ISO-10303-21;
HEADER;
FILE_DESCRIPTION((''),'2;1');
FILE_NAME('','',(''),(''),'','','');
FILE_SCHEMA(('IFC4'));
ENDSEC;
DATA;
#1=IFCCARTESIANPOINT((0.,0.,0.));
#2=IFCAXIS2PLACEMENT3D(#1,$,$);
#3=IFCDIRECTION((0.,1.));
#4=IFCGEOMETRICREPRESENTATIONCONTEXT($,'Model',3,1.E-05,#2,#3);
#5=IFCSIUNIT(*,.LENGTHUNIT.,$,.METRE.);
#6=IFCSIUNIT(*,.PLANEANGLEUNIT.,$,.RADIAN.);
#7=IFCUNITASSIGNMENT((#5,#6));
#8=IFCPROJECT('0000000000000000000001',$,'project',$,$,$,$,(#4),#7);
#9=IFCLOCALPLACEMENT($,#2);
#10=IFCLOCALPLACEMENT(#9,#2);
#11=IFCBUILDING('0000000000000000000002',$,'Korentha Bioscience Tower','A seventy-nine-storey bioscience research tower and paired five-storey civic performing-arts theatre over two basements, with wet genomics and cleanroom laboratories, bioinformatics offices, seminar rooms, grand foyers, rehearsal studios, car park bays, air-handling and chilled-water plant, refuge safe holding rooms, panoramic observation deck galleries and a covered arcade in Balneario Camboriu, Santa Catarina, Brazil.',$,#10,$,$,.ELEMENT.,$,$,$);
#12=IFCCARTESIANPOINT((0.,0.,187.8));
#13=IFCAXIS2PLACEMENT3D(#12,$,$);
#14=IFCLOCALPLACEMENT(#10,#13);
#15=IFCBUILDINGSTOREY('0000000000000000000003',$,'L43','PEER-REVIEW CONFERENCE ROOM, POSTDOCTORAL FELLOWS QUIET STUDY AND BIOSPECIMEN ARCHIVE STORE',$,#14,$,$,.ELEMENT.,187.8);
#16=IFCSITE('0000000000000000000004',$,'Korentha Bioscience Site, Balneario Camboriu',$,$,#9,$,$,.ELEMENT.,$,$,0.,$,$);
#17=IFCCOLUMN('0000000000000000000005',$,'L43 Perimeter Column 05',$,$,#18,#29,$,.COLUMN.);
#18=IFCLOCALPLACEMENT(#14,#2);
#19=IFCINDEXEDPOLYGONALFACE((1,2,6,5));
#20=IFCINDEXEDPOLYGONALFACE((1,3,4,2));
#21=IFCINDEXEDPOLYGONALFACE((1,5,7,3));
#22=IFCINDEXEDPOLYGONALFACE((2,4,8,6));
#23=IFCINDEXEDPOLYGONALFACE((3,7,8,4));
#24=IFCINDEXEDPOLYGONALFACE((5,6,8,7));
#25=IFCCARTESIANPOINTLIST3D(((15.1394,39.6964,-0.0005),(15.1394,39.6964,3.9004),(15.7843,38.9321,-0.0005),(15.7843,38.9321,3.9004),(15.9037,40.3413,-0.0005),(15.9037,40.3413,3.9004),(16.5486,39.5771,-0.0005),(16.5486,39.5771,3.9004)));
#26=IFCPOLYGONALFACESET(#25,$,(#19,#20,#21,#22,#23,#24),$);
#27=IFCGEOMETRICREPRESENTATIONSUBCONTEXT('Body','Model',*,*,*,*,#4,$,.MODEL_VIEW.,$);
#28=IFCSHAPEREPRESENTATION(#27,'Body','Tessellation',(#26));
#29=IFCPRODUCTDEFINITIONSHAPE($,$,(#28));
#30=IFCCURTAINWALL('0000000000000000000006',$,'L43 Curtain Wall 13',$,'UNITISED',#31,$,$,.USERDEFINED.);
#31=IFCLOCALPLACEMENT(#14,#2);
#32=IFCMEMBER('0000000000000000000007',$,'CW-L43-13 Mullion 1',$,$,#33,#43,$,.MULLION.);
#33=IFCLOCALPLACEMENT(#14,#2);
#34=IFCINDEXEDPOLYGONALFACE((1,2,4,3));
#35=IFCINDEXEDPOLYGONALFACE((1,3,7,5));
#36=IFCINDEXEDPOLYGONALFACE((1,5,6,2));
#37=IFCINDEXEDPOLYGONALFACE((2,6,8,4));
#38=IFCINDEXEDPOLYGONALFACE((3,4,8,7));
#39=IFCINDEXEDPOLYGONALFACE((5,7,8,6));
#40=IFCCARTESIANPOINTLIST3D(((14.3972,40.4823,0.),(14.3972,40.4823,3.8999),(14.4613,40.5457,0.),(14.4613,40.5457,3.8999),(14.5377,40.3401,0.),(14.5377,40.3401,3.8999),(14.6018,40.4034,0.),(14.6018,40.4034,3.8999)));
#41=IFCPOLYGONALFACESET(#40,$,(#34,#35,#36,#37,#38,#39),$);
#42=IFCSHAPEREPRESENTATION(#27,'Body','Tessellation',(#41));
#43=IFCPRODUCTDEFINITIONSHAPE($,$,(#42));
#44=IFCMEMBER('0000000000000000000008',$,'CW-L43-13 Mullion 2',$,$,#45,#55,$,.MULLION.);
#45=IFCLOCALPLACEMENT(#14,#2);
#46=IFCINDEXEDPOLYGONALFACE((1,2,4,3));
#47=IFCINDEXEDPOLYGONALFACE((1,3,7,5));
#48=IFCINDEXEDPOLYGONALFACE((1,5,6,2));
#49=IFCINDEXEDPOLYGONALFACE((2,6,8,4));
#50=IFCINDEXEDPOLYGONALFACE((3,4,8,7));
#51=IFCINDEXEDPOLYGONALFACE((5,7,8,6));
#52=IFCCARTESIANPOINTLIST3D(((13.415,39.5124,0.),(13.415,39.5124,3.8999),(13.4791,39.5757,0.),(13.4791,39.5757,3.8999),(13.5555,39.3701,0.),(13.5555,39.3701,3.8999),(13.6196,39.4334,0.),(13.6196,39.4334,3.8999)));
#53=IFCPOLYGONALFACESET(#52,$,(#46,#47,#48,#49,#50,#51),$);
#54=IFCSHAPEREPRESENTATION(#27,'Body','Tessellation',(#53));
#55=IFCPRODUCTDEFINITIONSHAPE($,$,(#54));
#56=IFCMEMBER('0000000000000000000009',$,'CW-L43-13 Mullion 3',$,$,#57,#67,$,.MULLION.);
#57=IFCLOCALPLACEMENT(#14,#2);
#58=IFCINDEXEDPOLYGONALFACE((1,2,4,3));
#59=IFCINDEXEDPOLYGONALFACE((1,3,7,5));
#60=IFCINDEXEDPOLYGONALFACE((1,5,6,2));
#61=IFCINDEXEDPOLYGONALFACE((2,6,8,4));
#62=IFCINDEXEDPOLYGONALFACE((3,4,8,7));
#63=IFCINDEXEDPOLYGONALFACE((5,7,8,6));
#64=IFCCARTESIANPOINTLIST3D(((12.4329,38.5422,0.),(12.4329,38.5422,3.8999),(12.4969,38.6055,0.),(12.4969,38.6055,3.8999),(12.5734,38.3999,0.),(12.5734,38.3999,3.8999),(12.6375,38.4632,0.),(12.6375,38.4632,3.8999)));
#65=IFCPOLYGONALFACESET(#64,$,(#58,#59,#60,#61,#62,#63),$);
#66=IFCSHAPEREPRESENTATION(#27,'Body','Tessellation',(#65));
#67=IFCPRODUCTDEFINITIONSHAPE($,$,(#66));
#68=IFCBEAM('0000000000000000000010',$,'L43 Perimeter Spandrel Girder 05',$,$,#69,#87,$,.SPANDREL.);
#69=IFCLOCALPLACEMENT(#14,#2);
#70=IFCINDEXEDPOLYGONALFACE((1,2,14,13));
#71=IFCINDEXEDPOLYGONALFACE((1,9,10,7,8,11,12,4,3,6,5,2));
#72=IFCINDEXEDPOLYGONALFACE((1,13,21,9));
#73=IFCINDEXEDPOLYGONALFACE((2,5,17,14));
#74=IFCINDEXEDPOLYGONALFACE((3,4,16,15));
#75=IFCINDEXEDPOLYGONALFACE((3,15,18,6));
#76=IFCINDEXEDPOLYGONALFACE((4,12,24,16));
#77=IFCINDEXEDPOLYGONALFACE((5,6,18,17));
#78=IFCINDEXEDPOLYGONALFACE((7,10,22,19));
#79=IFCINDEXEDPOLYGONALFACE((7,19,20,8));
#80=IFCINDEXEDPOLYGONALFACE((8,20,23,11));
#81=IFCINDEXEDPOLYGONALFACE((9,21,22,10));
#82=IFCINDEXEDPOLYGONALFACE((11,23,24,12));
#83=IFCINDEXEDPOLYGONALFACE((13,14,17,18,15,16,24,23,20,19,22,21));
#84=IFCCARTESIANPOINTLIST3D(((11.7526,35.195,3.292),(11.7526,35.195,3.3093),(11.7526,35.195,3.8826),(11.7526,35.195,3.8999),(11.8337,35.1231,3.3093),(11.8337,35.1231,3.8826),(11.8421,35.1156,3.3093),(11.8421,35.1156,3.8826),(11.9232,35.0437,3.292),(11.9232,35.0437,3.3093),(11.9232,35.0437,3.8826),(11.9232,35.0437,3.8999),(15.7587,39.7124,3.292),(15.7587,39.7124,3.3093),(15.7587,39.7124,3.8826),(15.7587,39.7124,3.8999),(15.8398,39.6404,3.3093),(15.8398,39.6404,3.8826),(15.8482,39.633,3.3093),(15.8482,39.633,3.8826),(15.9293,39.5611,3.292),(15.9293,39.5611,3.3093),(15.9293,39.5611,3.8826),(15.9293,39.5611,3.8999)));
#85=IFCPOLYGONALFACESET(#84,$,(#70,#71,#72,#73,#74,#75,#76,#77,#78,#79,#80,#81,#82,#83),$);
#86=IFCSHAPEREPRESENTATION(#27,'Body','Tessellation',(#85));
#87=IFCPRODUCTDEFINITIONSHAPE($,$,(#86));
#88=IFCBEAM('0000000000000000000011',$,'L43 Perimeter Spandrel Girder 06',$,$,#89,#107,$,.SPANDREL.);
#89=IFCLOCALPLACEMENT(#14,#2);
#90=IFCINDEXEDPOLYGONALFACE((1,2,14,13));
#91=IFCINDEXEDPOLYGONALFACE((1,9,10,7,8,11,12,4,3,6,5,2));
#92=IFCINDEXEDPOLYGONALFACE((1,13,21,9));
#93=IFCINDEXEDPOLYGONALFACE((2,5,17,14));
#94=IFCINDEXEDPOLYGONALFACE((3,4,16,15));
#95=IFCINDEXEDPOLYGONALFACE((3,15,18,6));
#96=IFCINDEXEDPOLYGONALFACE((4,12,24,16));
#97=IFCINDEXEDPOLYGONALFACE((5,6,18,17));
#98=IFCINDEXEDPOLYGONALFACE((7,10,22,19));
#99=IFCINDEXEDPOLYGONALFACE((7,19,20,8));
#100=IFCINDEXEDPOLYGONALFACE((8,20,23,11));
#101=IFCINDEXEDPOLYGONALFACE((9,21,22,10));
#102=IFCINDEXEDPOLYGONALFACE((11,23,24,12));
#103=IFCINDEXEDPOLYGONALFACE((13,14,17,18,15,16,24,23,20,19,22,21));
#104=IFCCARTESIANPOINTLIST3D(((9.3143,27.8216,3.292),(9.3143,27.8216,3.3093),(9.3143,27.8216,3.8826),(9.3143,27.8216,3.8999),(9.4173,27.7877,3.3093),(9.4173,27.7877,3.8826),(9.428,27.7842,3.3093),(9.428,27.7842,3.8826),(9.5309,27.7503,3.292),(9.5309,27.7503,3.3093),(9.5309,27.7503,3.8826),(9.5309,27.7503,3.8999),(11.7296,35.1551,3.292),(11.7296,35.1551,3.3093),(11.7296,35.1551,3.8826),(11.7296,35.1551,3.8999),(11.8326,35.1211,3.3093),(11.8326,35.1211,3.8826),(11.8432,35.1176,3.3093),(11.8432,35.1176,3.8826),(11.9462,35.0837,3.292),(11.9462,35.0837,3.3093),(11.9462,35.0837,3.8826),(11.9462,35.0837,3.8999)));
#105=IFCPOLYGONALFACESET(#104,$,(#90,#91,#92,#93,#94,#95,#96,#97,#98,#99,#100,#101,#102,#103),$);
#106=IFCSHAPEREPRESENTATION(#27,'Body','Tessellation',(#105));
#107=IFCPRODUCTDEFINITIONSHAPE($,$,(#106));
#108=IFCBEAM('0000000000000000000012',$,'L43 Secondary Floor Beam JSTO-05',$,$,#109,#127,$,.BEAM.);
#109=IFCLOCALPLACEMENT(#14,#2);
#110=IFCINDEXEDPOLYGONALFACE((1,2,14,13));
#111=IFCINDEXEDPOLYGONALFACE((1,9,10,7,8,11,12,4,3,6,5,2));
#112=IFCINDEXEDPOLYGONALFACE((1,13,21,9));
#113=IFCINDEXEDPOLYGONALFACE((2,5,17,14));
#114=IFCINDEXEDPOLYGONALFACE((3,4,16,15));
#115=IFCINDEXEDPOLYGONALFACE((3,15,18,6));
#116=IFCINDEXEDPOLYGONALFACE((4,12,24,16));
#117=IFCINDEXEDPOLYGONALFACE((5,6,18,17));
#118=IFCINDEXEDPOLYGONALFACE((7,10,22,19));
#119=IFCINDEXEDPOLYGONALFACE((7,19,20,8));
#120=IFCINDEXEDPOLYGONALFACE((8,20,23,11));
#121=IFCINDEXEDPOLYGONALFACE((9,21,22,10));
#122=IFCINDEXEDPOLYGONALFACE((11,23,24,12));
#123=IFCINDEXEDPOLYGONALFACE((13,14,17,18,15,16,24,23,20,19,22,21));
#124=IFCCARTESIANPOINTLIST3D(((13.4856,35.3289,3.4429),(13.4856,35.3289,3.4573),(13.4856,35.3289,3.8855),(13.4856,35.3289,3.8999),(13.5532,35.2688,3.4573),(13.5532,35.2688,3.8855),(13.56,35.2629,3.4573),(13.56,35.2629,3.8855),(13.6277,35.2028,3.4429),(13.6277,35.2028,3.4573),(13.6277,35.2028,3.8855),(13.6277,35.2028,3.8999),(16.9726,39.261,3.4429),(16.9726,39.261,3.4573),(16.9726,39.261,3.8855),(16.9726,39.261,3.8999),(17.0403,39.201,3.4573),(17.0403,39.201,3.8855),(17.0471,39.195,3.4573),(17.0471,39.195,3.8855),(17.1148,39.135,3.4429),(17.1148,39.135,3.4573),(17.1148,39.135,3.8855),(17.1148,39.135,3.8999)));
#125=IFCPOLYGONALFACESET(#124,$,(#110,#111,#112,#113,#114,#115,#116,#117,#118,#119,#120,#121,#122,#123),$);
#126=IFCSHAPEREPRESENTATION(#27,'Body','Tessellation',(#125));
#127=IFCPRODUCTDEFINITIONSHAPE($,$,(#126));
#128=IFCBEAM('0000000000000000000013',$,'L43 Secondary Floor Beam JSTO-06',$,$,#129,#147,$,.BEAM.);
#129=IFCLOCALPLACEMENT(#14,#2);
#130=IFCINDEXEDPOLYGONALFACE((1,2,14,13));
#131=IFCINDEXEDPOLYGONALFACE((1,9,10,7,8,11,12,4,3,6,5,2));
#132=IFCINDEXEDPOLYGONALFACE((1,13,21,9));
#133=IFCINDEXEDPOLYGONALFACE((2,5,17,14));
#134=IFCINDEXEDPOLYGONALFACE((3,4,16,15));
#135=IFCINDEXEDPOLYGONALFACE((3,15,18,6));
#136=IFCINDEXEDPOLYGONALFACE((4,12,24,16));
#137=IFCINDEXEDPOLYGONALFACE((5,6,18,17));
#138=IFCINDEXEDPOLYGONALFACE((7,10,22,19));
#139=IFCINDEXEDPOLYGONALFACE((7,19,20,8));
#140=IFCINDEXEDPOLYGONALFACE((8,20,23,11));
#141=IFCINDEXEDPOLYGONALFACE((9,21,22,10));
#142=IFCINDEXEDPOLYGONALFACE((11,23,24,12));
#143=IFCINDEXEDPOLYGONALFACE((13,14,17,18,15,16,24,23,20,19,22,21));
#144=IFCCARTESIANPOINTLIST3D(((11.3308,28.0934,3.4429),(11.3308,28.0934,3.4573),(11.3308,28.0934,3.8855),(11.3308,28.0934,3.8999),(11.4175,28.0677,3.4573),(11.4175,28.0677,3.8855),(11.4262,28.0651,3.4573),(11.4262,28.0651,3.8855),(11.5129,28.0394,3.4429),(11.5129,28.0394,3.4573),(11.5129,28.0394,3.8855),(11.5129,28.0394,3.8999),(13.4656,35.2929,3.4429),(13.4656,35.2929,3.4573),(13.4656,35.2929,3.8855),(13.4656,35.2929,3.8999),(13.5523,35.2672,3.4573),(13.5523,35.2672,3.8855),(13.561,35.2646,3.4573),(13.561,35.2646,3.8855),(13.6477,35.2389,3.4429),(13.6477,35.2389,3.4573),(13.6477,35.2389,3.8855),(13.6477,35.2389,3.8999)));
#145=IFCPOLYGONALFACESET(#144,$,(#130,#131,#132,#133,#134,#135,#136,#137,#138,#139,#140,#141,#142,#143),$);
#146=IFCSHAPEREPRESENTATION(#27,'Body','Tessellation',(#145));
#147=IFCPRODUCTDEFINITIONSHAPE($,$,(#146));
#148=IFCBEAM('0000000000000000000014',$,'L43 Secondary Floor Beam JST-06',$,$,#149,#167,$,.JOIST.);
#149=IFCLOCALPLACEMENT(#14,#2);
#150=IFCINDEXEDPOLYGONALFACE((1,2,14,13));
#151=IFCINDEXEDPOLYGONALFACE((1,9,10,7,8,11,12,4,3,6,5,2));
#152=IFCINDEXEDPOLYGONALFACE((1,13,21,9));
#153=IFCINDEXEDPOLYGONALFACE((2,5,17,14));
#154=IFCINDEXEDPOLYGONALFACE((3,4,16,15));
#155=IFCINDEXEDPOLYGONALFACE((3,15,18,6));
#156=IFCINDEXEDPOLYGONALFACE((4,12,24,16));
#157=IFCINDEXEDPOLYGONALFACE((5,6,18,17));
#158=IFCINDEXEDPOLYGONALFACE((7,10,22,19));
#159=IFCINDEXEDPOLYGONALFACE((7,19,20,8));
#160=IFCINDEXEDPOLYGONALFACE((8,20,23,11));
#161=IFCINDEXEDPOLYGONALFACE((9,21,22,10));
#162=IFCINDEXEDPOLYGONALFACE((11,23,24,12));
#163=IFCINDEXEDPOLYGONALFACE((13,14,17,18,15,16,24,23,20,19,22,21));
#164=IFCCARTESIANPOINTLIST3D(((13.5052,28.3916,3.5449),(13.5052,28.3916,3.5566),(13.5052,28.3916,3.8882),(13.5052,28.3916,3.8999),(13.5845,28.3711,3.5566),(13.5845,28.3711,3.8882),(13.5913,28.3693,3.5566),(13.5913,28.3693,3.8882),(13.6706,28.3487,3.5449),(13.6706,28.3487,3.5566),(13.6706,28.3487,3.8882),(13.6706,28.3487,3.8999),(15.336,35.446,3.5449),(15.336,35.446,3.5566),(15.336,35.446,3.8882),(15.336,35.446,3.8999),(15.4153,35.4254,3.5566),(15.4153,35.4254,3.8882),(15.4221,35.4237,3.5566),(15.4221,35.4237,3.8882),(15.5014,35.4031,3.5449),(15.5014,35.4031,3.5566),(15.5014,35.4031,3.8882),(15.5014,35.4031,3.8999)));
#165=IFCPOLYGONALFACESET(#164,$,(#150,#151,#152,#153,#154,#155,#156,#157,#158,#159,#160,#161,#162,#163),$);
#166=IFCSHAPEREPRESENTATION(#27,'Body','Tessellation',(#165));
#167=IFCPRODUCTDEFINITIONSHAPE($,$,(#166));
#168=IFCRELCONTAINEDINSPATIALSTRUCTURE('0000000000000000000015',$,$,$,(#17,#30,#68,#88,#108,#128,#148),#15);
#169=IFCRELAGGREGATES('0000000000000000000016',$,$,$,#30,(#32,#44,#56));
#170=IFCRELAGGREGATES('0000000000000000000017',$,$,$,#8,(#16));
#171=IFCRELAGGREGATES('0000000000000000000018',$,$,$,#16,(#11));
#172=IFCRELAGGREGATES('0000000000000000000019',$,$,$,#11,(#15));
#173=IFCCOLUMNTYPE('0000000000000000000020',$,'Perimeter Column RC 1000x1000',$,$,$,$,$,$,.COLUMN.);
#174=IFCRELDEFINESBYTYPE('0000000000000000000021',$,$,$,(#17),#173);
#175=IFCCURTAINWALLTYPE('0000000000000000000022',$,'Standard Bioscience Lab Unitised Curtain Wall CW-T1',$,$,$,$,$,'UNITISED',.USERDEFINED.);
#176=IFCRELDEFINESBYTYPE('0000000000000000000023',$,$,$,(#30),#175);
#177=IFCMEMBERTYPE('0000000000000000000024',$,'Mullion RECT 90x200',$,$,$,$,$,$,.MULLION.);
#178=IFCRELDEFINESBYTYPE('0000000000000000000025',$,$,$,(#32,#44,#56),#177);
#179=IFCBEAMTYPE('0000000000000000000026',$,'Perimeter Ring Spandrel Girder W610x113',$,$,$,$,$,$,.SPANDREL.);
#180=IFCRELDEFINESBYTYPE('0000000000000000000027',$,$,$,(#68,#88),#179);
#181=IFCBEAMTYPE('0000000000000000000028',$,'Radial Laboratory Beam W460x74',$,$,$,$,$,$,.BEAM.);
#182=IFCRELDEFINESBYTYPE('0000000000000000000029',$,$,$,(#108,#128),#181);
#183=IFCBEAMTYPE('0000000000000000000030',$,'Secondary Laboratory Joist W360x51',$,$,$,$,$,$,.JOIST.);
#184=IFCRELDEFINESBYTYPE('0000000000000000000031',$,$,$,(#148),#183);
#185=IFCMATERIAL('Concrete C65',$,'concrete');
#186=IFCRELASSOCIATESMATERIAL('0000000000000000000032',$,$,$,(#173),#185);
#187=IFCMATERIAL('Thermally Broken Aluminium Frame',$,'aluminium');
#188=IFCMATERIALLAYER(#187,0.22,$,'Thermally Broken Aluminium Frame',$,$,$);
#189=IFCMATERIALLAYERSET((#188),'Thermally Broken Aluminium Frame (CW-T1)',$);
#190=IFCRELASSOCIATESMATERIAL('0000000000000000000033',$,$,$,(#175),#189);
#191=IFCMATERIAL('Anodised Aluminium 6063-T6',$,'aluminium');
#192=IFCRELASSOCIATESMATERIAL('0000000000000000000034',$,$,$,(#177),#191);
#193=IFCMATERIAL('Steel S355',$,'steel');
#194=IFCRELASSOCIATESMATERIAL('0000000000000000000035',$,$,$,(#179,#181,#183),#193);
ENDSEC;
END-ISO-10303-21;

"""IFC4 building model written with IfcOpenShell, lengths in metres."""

from ifc_helpers import new_model, si_unit, direction, frame, origin, origin_2d, place, context, subcontext, project, spatial, rectangle, i_section, extrude, material, layer, layer_set, material_profile, profile_set, type_object, element, aggregate, save


model = new_model("IFC4")

# Units and contexts
model_context = context("Model", 3, precision=1e-05, world=origin(), true_north=direction((0.0, 1.0)))
body_context = subcontext(model_context, "Body", "Model", "MODEL_VIEW")
ifc_project = project(units=[si_unit("LENGTHUNIT", "METRE"), si_unit("PLANEANGLEUNIT", "RADIAN")], contexts=[model_context])

# Site, building, storey
site_placement = place(None, origin())
site = spatial("IfcSite", under=ifc_project, at=site_placement, Name="Korentha Bioscience Site, Balneario Camboriu", CompositionType="ELEMENT", RefElevation=0.0)
building_placement = place(site_placement, origin())
building = spatial("IfcBuilding", under=site, at=building_placement, Name="Korentha Bioscience Tower", Description="A seventy-nine-storey bioscience research tower and paired five-storey civic performing-arts theatre over two basements, with wet genomics and cleanroom laboratories, bioinformatics offices, seminar rooms, grand foyers, rehearsal studios, car park bays, air-handling and chilled-water plant, refuge safe holding rooms, panoramic observation deck galleries and a covered arcade in Balneario Camboriu, Santa Catarina, Brazil.", CompositionType="ELEMENT")
storey_placement = place(building_placement, frame((0.0, 0.0, 187.8)))
storey = spatial("IfcBuildingStorey", under=building, at=storey_placement, Name="L43", Description="PEER-REVIEW CONFERENCE ROOM, POSTDOCTORAL FELLOWS QUIET STUDY AND BIOSPECIMEN ARCHIVE STORE", CompositionType="ELEMENT", Elevation=187.8)

# Column
ifc_material_1 = material(Name="Concrete C65", Category="concrete")
ifc_material_profile_1 = material_profile(ifc_material_1, rectangle(XDim=1.0, YDim=1.0, at=origin_2d()), Name="Concrete C65")
ifc_profile_set_1 = profile_set([ifc_material_profile_1], Name="Concrete C65 (COL-P10)")
column_type = type_object("IfcColumnType", Name="Perimeter Column RC 1000x1000", PredefinedType="COLUMN", material=ifc_profile_set_1)
column_placement = place(storey_placement, frame((15.844, 39.6367, -0.0005), z_axis=(0.0, 0.0, 1.0), x_axis=(0.764246, 0.644924, 0.0)))
element("IfcColumn", 1, at=column_placement, inside=storey, type_object=column_type, Name="L43 Perimeter Column 05", PredefinedType="COLUMN", context=body_context, shape_type="SweptSolid", body=[
    extrude(rectangle(XDim=1.0, YDim=1.0, at=origin_2d()), origin(), (0.0, 0.0, 1.0), 3.9009),
])

# Curtain wall, members
ifc_material_2 = material(Name="Thermally Broken Aluminium Frame", Category="aluminium")
ifc_layer_1 = layer(ifc_material_2, 0.22, Name="Thermally Broken Aluminium Frame")
ifc_layer_set_1 = layer_set([ifc_layer_1], Name="Thermally Broken Aluminium Frame (CW-T1)")
curtain_wall_type = type_object("IfcCurtainWallType", Name="Standard Bioscience Lab Unitised Curtain Wall CW-T1", ElementType="UNITISED", PredefinedType="USERDEFINED", material=ifc_layer_set_1)
curtain_wall_placement = place(storey_placement, origin())
curtain_wall = element("IfcCurtainWall", 2, at=curtain_wall_placement, inside=storey, type_object=curtain_wall_type, Name="L43 Curtain Wall 13", ObjectType="UNITISED", PredefinedType="USERDEFINED")
ifc_material_3 = material(Name="Anodised Aluminium 6063-T6", Category="aluminium")
ifc_material_profile_2 = material_profile(ifc_material_3, rectangle(XDim=0.0901, YDim=0.2, at=origin_2d()), Name="Anodised Aluminium 6063-T6")
ifc_profile_set_2 = profile_set([ifc_material_profile_2], Name="Anodised Aluminium 6063-T6 (CW-MUL)")
member_type_1 = type_object("IfcMemberType", Name="Mullion RECT 90x200", PredefinedType="MULLION", material=ifc_profile_set_2)
member_1_placement = place(storey_placement, frame((14.4995, 40.4429, 0.0), z_axis=(0.0, 0.0, 1.0), x_axis=(-0.711461, -0.702726, 0.0)))
member_1 = element("IfcMember", 3, at=member_1_placement, type_object=member_type_1, Name="CW-L43-13 Mullion 1", PredefinedType="MULLION", context=body_context, shape_type="SweptSolid", body=[
    extrude(rectangle(XDim=0.0901, YDim=0.2, at=origin_2d()), origin(), (0.0, 0.0, 1.0), 3.8999),
])
member_2_placement = place(storey_placement, frame((13.5173, 39.4729, 0.0), z_axis=(0.0, 0.0, 1.0), x_axis=(-0.711461, -0.702726, 0.0)))
member_2 = element("IfcMember", 4, at=member_2_placement, type_object=member_type_1, Name="CW-L43-13 Mullion 2", PredefinedType="MULLION", context=body_context, shape_type="SweptSolid", body=[
    extrude(rectangle(XDim=0.0901, YDim=0.2, at=origin_2d()), origin(), (0.0, 0.0, 1.0), 3.8999),
])
member_3_placement = place(storey_placement, frame((12.5352, 38.5027, 0.0), z_axis=(0.0, 0.0, 1.0), x_axis=(-0.711461, -0.702726, 0.0)))
member_3 = element("IfcMember", 5, at=member_3_placement, type_object=member_type_1, Name="CW-L43-13 Mullion 3", PredefinedType="MULLION", context=body_context, shape_type="SweptSolid", body=[
    extrude(rectangle(XDim=0.0901, YDim=0.2, at=origin_2d()), origin(), (0.0, 0.0, 1.0), 3.8999),
])

# Beams
ifc_material_4 = material(Name="Steel S355", Category="steel")
ifc_material_profile_3 = material_profile(ifc_material_4, i_section(OverallWidth=0.228, OverallDepth=0.6079, WebThickness=0.0112, FlangeThickness=0.0173, at=origin_2d()), Name="Steel S355")
ifc_profile_set_3 = profile_set([ifc_material_profile_3], Name="Steel S355 (SB-610)")
beam_type_1 = type_object("IfcBeamType", Name="Perimeter Ring Spandrel Girder W610x113", PredefinedType="SPANDREL", material=ifc_profile_set_3)
beam_1_placement = place(storey_placement, frame((15.844, 39.6367, 3.5959), z_axis=(-0.663503, -0.748174, 0.0), x_axis=(0.748174, -0.663503, 0.0)))
element("IfcBeam", 6, at=beam_1_placement, inside=storey, type_object=beam_type_1, Name="L43 Perimeter Spandrel Girder 05", PredefinedType="SPANDREL", context=body_context, shape_type="SweptSolid", body=[
    extrude(i_section(OverallWidth=0.228, OverallDepth=0.6079, WebThickness=0.0112, FlangeThickness=0.0173, at=origin_2d()), origin(), (0.0, 0.0, 1.0), 6.0378),
])
beam_2_placement = place(storey_placement, frame((11.8379, 35.1194, 3.5959), z_axis=(-0.31282, -0.949812, 0.0), x_axis=(0.949812, -0.31282, 0.0)))
element("IfcBeam", 7, at=beam_2_placement, inside=storey, type_object=beam_type_1, Name="L43 Perimeter Spandrel Girder 06", PredefinedType="SPANDREL", context=body_context, shape_type="SweptSolid", body=[
    extrude(i_section(OverallWidth=0.228, OverallDepth=0.6079, WebThickness=0.0112, FlangeThickness=0.0173, at=origin_2d()), origin(), (0.0, 0.0, 1.0), 7.7209),
])
ifc_material_profile_4 = material_profile(ifc_material_4, i_section(OverallWidth=0.1899, OverallDepth=0.457, WebThickness=0.009, FlangeThickness=0.0144, at=origin_2d()), Name="Steel S355")
ifc_profile_set_4 = profile_set([ifc_material_profile_4], Name="Steel S355 (RB-460)")
beam_type_2 = type_object("IfcBeamType", Name="Radial Laboratory Beam W460x74", PredefinedType="BEAM", material=ifc_profile_set_4)
beam_3_placement = place(storey_placement, frame((17.0437, 39.198, 3.6714), z_axis=(-0.663496, -0.74818, 0.0), x_axis=(0.74818, -0.663496, 0.0)))
element("IfcBeam", 8, at=beam_3_placement, inside=storey, type_object=beam_type_2, Name="L43 Secondary Floor Beam JSTO-05", PredefinedType="BEAM", context=body_context, shape_type="SweptSolid", body=[
    extrude(i_section(OverallWidth=0.1899, OverallDepth=0.457, WebThickness=0.009, FlangeThickness=0.0144, at=origin_2d()), origin(), (0.0, 0.0, 1.0), 5.2556),
])
beam_4_placement = place(storey_placement, frame((13.5566, 35.2659, 3.6714), z_axis=(-0.284283, -0.95874, 0.0), x_axis=(0.95874, -0.284283, 0.0)))
element("IfcBeam", 9, at=beam_4_placement, inside=storey, type_object=beam_type_2, Name="L43 Secondary Floor Beam JSTO-06", PredefinedType="BEAM", context=body_context, shape_type="SweptSolid", body=[
    extrude(i_section(OverallWidth=0.1899, OverallDepth=0.457, WebThickness=0.009, FlangeThickness=0.0144, at=origin_2d()), origin(), (0.0, 0.0, 1.0), 7.5093),
])
ifc_material_profile_5 = material_profile(ifc_material_4, i_section(OverallWidth=0.1709, OverallDepth=0.355, WebThickness=0.0071, FlangeThickness=0.0117, at=origin_2d()), Name="Steel S355")
ifc_profile_set_5 = profile_set([ifc_material_profile_5], Name="Steel S355 (JB-360)")
beam_type_3 = type_object("IfcBeamType", Name="Secondary Laboratory Joist W360x51", PredefinedType="JOIST", material=ifc_profile_set_5)
beam_5_placement = place(storey_placement, frame((15.4187, 35.4246, 3.7224), z_axis=(-0.251204, -0.967934, 0.0), x_axis=(0.967934, -0.251204, 0.0)))
element("IfcBeam", 10, at=beam_5_placement, inside=storey, type_object=beam_type_3, Name="L43 Secondary Floor Beam JST-06", PredefinedType="JOIST", context=body_context, shape_type="SweptSolid", body=[
    extrude(i_section(OverallWidth=0.1709, OverallDepth=0.355, WebThickness=0.0071, FlangeThickness=0.0117, at=origin_2d()), origin(), (0.0, 0.0, 1.0), 7.2881),
])

aggregate(curtain_wall, [member_1, member_2, member_3])

save(model, "model.ifc")
